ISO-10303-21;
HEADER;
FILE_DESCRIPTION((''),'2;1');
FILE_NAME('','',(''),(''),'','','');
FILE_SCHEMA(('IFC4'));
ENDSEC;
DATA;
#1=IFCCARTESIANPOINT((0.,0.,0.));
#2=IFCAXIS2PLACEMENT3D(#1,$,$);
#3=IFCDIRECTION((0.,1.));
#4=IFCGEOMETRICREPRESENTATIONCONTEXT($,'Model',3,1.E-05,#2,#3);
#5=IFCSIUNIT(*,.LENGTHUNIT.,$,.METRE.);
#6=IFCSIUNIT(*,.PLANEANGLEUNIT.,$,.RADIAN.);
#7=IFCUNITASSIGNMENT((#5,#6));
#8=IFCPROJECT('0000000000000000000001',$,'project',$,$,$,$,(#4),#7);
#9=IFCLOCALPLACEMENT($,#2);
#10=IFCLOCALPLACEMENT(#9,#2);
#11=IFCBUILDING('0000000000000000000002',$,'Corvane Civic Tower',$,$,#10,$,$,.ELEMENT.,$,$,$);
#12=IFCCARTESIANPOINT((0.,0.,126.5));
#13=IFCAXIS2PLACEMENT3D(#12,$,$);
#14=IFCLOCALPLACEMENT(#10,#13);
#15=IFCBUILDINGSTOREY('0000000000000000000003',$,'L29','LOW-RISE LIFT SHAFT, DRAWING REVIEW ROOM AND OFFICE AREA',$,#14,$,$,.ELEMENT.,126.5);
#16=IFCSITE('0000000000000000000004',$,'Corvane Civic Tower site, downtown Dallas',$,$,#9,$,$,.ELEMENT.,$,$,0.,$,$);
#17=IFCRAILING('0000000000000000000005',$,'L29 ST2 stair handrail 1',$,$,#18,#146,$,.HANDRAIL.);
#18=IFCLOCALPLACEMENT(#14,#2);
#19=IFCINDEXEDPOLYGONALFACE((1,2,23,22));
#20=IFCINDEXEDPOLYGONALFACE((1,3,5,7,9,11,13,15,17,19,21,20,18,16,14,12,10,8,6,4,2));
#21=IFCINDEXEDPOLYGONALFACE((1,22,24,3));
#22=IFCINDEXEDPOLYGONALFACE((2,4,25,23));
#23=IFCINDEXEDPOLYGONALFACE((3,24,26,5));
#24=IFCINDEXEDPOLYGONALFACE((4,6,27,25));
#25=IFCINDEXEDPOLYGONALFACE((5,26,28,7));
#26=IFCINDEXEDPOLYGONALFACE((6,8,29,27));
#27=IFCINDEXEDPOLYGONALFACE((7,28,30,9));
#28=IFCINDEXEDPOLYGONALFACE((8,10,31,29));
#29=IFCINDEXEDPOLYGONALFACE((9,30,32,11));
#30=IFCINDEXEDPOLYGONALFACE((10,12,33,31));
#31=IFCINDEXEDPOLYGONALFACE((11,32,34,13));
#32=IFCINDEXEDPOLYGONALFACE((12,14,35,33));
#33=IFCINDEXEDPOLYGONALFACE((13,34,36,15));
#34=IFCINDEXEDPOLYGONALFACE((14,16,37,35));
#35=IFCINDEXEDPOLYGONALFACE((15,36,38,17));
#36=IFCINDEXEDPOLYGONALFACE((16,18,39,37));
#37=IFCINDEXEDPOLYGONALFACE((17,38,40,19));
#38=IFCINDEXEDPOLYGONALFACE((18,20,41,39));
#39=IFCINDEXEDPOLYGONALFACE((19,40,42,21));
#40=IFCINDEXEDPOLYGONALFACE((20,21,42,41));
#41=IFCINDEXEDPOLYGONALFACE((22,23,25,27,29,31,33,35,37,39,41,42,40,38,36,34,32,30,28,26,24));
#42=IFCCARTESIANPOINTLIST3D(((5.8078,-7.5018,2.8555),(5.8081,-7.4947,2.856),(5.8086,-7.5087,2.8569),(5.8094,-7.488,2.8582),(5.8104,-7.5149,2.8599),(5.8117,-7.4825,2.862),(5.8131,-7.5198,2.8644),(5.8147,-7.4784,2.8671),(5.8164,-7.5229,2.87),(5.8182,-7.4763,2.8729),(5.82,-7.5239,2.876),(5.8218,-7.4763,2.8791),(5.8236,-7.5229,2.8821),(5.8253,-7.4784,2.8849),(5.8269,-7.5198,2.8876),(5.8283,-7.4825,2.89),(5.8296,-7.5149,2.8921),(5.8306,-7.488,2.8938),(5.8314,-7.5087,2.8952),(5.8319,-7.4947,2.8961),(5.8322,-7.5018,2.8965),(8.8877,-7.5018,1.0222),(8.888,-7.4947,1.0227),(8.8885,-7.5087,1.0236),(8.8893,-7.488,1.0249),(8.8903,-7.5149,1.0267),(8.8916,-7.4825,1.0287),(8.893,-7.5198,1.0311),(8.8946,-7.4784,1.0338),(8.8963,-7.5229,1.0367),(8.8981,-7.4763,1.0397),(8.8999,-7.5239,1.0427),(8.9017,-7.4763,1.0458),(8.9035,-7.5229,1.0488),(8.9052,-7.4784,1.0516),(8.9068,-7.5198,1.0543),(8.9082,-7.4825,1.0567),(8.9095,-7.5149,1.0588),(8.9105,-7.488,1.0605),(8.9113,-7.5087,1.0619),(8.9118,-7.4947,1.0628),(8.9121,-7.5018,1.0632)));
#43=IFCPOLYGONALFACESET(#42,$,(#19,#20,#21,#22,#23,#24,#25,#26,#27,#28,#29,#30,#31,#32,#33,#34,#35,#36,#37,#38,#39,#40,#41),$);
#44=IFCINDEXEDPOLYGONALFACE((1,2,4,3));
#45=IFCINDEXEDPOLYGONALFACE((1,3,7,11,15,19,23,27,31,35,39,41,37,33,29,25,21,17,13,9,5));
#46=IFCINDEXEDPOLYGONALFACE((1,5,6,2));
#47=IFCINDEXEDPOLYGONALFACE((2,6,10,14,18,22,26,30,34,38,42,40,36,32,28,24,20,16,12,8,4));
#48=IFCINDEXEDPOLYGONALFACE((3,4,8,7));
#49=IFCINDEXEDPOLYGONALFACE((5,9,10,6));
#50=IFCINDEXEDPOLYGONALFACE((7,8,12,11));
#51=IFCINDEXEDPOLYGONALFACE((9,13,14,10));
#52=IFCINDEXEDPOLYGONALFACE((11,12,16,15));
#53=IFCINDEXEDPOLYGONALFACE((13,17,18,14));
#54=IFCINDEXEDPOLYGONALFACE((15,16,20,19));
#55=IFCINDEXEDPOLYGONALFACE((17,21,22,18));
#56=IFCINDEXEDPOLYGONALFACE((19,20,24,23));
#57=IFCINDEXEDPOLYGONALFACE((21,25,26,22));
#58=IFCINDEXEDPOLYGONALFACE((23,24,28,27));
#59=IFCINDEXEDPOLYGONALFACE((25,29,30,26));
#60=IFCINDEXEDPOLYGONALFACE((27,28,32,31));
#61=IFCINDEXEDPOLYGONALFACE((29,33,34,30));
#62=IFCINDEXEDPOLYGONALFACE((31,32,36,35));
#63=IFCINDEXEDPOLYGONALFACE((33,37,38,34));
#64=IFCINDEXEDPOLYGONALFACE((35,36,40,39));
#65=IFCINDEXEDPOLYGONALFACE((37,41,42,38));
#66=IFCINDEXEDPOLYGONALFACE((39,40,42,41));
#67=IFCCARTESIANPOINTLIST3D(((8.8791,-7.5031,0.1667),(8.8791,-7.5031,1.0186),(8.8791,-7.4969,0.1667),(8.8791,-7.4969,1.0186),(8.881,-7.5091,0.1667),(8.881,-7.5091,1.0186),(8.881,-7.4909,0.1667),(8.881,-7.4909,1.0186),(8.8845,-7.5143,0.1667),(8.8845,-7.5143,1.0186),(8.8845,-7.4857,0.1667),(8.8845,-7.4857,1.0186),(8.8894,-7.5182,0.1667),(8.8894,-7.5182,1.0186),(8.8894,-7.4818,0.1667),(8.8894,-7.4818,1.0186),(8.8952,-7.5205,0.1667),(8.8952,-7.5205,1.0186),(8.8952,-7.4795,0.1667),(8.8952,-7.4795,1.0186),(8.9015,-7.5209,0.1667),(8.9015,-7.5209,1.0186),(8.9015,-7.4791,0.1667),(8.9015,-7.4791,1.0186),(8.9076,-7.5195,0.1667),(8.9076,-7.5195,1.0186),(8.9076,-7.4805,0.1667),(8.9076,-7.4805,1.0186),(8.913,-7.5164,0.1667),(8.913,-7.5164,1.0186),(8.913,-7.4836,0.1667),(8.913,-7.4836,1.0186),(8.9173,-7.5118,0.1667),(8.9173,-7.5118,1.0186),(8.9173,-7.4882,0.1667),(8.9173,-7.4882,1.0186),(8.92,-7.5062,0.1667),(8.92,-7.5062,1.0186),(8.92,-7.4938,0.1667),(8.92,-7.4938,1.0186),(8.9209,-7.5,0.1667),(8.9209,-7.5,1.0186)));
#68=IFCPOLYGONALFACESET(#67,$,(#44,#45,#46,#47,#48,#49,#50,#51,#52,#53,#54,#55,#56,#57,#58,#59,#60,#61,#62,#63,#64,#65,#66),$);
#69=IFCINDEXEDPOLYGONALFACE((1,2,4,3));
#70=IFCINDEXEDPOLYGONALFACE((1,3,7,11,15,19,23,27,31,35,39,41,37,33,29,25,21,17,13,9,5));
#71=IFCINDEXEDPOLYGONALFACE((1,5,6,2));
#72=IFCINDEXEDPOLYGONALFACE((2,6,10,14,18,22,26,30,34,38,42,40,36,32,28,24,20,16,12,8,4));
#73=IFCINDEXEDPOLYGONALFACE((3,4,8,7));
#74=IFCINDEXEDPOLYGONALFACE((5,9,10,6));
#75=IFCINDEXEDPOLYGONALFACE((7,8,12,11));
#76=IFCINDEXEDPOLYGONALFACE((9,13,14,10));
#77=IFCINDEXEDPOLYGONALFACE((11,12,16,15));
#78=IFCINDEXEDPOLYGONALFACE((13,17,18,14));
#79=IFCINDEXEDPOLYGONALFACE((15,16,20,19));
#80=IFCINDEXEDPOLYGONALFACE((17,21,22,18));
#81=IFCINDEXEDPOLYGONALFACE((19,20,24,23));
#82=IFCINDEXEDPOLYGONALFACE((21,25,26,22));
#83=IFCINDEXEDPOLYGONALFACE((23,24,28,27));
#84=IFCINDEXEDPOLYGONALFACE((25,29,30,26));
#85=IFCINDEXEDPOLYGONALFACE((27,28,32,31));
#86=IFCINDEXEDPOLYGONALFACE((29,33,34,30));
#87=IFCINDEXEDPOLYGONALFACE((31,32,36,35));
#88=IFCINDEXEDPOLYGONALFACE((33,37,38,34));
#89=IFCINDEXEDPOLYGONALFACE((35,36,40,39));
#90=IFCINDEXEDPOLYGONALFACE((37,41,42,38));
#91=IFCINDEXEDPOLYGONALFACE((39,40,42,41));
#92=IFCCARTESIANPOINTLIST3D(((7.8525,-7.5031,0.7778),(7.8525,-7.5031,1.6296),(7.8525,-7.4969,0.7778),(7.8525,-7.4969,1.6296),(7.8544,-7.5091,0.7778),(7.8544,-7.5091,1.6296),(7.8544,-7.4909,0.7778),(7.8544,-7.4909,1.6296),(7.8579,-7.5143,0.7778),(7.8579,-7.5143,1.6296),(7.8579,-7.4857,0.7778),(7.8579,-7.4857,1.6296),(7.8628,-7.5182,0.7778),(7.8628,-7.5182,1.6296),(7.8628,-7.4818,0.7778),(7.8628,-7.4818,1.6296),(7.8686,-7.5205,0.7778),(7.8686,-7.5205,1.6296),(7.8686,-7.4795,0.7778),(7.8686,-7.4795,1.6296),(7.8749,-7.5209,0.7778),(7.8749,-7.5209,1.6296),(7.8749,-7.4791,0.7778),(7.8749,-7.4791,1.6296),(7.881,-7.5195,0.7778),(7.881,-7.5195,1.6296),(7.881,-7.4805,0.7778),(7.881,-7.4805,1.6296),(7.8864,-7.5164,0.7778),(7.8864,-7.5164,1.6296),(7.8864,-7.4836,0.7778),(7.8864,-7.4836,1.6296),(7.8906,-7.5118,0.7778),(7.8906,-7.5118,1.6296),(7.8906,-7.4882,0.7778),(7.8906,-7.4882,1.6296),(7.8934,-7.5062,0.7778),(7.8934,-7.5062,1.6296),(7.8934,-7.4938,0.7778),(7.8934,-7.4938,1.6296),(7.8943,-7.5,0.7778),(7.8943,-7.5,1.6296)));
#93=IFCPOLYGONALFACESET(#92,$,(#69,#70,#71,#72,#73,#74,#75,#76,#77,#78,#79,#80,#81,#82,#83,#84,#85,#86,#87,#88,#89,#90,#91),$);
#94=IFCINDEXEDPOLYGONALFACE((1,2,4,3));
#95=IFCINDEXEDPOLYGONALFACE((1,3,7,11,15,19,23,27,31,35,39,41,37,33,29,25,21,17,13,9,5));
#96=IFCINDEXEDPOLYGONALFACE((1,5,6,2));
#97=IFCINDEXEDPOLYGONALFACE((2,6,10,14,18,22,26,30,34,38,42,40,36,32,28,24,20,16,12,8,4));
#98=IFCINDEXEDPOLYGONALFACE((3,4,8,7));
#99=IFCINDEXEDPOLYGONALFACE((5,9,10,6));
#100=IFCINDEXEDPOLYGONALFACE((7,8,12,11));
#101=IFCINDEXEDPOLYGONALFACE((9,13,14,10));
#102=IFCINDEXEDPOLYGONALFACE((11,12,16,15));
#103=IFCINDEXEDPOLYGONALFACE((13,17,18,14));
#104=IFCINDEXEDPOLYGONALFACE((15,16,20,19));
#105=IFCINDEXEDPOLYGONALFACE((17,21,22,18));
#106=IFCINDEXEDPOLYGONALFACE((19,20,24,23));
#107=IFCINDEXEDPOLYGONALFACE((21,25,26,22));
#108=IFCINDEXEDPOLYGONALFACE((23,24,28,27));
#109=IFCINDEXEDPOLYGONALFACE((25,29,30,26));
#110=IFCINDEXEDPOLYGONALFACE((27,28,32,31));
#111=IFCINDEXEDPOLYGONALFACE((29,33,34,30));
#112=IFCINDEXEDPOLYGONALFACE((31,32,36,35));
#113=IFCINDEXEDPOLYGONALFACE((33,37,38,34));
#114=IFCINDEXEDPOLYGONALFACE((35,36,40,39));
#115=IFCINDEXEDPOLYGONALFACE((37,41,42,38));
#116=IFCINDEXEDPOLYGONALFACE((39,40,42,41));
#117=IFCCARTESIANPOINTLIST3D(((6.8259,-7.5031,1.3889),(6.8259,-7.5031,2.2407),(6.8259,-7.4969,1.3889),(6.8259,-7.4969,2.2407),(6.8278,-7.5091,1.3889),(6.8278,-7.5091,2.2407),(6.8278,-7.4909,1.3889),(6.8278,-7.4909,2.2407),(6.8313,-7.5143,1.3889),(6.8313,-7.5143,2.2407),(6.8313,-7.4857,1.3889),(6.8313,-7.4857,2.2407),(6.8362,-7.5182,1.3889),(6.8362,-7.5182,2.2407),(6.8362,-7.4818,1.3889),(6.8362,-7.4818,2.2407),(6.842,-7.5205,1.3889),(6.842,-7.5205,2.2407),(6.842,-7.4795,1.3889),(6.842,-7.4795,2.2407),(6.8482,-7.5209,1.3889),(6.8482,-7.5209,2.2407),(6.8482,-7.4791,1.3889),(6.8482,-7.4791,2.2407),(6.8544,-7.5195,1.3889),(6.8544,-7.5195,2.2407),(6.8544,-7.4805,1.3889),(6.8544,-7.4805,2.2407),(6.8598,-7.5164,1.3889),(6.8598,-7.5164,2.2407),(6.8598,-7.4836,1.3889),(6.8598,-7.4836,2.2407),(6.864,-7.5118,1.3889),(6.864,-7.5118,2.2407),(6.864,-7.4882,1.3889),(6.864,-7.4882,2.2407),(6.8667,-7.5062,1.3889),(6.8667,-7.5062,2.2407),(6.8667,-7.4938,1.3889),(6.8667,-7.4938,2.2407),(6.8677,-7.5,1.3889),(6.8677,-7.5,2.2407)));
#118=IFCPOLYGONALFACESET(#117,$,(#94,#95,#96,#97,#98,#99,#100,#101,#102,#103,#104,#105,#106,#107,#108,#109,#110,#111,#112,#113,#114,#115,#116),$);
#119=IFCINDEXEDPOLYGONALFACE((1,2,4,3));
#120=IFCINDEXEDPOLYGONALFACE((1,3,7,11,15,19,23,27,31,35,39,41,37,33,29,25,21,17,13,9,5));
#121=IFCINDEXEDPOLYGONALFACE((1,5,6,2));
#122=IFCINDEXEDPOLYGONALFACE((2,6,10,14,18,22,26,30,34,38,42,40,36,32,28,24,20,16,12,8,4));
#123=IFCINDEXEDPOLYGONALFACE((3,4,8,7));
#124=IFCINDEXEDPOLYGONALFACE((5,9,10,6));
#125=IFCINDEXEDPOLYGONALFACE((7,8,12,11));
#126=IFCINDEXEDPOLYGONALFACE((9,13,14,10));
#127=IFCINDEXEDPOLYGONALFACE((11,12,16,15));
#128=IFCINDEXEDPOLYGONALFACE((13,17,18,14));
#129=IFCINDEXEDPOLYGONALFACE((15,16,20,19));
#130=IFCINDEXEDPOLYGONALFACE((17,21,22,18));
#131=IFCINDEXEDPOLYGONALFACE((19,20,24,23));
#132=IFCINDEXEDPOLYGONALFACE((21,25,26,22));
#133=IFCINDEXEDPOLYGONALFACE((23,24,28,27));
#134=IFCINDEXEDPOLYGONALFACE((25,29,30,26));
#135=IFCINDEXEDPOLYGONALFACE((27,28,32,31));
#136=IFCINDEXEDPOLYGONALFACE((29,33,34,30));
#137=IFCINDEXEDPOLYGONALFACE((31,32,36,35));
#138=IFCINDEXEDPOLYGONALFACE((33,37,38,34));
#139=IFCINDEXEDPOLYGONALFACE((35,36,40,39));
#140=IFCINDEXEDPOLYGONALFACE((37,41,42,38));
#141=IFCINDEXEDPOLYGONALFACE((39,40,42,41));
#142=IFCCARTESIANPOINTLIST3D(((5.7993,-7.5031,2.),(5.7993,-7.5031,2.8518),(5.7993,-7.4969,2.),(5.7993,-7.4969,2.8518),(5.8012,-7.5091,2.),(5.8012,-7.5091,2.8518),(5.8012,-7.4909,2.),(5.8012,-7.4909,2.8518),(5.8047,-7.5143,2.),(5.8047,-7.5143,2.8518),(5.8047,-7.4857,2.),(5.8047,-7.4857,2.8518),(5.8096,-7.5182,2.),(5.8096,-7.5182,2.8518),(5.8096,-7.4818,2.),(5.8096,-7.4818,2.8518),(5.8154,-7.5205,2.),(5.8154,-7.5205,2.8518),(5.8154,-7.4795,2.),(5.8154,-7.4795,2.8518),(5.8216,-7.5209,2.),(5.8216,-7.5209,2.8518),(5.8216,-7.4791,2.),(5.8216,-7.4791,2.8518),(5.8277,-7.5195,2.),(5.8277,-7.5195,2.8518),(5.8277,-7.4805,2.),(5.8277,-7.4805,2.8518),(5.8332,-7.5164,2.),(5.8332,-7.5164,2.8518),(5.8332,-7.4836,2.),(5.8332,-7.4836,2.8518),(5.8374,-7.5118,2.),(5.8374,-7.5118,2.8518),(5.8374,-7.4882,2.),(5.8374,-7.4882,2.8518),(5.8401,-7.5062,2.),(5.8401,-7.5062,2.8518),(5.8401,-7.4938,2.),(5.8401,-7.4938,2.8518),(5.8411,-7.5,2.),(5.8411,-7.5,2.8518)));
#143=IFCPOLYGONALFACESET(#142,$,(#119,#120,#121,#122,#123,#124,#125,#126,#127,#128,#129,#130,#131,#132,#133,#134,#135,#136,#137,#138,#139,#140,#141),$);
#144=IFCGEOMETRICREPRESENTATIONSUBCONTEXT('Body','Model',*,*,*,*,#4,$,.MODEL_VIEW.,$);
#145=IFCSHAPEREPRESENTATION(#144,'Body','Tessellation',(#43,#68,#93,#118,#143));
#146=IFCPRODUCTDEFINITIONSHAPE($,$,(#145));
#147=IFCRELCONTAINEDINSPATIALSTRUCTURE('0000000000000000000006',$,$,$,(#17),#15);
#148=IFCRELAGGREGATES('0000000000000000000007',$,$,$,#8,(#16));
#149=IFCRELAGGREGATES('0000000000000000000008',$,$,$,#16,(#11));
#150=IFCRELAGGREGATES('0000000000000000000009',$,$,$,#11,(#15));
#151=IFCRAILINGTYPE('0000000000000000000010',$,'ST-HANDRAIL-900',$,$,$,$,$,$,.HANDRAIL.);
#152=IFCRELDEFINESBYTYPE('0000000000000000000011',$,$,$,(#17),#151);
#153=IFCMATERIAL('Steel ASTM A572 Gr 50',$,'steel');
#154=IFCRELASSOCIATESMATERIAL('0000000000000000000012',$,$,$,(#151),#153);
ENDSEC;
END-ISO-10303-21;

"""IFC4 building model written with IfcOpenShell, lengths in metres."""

from ifc_helpers import new_model, si_unit, direction, frame, origin, origin_2d, place, context, subcontext, project, spatial, circle, extrude, material, type_object, element, save


model = new_model("IFC4")

# Units and contexts
model_context = context("Model", 3, precision=1e-05, world=origin(), true_north=direction((0.0, 1.0)))
body_context = subcontext(model_context, "Body", "Model", "MODEL_VIEW")
ifc_project = project(units=[si_unit("LENGTHUNIT", "METRE"), si_unit("PLANEANGLEUNIT", "RADIAN")], contexts=[model_context])

# Site, building, storey
site_placement = place(None, origin())
site = spatial("IfcSite", under=ifc_project, at=site_placement, Name="Corvane Civic Tower site, downtown Dallas", CompositionType="ELEMENT", RefElevation=0.0)
building_placement = place(site_placement, origin())
building = spatial("IfcBuilding", under=site, at=building_placement, Name="Corvane Civic Tower", CompositionType="ELEMENT")
storey_placement = place(building_placement, frame((0.0, 0.0, 126.5)))
storey = spatial("IfcBuildingStorey", under=building, at=storey_placement, Name="L29", Description="LOW-RISE LIFT SHAFT, DRAWING REVIEW ROOM AND OFFICE AREA", CompositionType="ELEMENT", Elevation=126.5)

# Railing
ifc_material_1 = material(Name="Steel ASTM A572 Gr 50", Category="steel")
railing_type_1 = type_object("IfcRailingType", Name="ST-HANDRAIL-900", PredefinedType="HANDRAIL", material=ifc_material_1)
railing_1_placement = place(storey_placement, frame((8.8999, -7.5, 0.1667)))
element("IfcRailing", 1, at=railing_1_placement, inside=storey, type_object=railing_type_1, Name="L29 ST2 stair handrail 1", PredefinedType="HANDRAIL", context=body_context, shape_type="SweptSolid", body=[
    extrude(circle(Radius=0.0239, at=origin_2d()), frame((0.0, 0.0, 0.876), z_axis=(-0.859291, 0.0, 0.511487), x_axis=(0.0, -1.0, 0.0)), (0.0, 0.0, 1.0), 3.5842),
    extrude(circle(Radius=0.021, at=origin_2d()), origin(), (0.0, 0.0, 1.0), 0.8518),
    extrude(circle(Radius=0.021, at=origin_2d()), frame((-1.0266, 0.0, 0.6111)), (0.0, 0.0, 1.0), 0.8518),
    extrude(circle(Radius=0.021, at=origin_2d()), frame((-2.0532, 0.0, 1.2222)), (0.0, 0.0, 1.0), 0.8518),
    extrude(circle(Radius=0.021, at=origin_2d()), frame((-3.0798, 0.0, 1.8333)), (0.0, 0.0, 1.0), 0.8518),
])

save(model, "model.ifc")
